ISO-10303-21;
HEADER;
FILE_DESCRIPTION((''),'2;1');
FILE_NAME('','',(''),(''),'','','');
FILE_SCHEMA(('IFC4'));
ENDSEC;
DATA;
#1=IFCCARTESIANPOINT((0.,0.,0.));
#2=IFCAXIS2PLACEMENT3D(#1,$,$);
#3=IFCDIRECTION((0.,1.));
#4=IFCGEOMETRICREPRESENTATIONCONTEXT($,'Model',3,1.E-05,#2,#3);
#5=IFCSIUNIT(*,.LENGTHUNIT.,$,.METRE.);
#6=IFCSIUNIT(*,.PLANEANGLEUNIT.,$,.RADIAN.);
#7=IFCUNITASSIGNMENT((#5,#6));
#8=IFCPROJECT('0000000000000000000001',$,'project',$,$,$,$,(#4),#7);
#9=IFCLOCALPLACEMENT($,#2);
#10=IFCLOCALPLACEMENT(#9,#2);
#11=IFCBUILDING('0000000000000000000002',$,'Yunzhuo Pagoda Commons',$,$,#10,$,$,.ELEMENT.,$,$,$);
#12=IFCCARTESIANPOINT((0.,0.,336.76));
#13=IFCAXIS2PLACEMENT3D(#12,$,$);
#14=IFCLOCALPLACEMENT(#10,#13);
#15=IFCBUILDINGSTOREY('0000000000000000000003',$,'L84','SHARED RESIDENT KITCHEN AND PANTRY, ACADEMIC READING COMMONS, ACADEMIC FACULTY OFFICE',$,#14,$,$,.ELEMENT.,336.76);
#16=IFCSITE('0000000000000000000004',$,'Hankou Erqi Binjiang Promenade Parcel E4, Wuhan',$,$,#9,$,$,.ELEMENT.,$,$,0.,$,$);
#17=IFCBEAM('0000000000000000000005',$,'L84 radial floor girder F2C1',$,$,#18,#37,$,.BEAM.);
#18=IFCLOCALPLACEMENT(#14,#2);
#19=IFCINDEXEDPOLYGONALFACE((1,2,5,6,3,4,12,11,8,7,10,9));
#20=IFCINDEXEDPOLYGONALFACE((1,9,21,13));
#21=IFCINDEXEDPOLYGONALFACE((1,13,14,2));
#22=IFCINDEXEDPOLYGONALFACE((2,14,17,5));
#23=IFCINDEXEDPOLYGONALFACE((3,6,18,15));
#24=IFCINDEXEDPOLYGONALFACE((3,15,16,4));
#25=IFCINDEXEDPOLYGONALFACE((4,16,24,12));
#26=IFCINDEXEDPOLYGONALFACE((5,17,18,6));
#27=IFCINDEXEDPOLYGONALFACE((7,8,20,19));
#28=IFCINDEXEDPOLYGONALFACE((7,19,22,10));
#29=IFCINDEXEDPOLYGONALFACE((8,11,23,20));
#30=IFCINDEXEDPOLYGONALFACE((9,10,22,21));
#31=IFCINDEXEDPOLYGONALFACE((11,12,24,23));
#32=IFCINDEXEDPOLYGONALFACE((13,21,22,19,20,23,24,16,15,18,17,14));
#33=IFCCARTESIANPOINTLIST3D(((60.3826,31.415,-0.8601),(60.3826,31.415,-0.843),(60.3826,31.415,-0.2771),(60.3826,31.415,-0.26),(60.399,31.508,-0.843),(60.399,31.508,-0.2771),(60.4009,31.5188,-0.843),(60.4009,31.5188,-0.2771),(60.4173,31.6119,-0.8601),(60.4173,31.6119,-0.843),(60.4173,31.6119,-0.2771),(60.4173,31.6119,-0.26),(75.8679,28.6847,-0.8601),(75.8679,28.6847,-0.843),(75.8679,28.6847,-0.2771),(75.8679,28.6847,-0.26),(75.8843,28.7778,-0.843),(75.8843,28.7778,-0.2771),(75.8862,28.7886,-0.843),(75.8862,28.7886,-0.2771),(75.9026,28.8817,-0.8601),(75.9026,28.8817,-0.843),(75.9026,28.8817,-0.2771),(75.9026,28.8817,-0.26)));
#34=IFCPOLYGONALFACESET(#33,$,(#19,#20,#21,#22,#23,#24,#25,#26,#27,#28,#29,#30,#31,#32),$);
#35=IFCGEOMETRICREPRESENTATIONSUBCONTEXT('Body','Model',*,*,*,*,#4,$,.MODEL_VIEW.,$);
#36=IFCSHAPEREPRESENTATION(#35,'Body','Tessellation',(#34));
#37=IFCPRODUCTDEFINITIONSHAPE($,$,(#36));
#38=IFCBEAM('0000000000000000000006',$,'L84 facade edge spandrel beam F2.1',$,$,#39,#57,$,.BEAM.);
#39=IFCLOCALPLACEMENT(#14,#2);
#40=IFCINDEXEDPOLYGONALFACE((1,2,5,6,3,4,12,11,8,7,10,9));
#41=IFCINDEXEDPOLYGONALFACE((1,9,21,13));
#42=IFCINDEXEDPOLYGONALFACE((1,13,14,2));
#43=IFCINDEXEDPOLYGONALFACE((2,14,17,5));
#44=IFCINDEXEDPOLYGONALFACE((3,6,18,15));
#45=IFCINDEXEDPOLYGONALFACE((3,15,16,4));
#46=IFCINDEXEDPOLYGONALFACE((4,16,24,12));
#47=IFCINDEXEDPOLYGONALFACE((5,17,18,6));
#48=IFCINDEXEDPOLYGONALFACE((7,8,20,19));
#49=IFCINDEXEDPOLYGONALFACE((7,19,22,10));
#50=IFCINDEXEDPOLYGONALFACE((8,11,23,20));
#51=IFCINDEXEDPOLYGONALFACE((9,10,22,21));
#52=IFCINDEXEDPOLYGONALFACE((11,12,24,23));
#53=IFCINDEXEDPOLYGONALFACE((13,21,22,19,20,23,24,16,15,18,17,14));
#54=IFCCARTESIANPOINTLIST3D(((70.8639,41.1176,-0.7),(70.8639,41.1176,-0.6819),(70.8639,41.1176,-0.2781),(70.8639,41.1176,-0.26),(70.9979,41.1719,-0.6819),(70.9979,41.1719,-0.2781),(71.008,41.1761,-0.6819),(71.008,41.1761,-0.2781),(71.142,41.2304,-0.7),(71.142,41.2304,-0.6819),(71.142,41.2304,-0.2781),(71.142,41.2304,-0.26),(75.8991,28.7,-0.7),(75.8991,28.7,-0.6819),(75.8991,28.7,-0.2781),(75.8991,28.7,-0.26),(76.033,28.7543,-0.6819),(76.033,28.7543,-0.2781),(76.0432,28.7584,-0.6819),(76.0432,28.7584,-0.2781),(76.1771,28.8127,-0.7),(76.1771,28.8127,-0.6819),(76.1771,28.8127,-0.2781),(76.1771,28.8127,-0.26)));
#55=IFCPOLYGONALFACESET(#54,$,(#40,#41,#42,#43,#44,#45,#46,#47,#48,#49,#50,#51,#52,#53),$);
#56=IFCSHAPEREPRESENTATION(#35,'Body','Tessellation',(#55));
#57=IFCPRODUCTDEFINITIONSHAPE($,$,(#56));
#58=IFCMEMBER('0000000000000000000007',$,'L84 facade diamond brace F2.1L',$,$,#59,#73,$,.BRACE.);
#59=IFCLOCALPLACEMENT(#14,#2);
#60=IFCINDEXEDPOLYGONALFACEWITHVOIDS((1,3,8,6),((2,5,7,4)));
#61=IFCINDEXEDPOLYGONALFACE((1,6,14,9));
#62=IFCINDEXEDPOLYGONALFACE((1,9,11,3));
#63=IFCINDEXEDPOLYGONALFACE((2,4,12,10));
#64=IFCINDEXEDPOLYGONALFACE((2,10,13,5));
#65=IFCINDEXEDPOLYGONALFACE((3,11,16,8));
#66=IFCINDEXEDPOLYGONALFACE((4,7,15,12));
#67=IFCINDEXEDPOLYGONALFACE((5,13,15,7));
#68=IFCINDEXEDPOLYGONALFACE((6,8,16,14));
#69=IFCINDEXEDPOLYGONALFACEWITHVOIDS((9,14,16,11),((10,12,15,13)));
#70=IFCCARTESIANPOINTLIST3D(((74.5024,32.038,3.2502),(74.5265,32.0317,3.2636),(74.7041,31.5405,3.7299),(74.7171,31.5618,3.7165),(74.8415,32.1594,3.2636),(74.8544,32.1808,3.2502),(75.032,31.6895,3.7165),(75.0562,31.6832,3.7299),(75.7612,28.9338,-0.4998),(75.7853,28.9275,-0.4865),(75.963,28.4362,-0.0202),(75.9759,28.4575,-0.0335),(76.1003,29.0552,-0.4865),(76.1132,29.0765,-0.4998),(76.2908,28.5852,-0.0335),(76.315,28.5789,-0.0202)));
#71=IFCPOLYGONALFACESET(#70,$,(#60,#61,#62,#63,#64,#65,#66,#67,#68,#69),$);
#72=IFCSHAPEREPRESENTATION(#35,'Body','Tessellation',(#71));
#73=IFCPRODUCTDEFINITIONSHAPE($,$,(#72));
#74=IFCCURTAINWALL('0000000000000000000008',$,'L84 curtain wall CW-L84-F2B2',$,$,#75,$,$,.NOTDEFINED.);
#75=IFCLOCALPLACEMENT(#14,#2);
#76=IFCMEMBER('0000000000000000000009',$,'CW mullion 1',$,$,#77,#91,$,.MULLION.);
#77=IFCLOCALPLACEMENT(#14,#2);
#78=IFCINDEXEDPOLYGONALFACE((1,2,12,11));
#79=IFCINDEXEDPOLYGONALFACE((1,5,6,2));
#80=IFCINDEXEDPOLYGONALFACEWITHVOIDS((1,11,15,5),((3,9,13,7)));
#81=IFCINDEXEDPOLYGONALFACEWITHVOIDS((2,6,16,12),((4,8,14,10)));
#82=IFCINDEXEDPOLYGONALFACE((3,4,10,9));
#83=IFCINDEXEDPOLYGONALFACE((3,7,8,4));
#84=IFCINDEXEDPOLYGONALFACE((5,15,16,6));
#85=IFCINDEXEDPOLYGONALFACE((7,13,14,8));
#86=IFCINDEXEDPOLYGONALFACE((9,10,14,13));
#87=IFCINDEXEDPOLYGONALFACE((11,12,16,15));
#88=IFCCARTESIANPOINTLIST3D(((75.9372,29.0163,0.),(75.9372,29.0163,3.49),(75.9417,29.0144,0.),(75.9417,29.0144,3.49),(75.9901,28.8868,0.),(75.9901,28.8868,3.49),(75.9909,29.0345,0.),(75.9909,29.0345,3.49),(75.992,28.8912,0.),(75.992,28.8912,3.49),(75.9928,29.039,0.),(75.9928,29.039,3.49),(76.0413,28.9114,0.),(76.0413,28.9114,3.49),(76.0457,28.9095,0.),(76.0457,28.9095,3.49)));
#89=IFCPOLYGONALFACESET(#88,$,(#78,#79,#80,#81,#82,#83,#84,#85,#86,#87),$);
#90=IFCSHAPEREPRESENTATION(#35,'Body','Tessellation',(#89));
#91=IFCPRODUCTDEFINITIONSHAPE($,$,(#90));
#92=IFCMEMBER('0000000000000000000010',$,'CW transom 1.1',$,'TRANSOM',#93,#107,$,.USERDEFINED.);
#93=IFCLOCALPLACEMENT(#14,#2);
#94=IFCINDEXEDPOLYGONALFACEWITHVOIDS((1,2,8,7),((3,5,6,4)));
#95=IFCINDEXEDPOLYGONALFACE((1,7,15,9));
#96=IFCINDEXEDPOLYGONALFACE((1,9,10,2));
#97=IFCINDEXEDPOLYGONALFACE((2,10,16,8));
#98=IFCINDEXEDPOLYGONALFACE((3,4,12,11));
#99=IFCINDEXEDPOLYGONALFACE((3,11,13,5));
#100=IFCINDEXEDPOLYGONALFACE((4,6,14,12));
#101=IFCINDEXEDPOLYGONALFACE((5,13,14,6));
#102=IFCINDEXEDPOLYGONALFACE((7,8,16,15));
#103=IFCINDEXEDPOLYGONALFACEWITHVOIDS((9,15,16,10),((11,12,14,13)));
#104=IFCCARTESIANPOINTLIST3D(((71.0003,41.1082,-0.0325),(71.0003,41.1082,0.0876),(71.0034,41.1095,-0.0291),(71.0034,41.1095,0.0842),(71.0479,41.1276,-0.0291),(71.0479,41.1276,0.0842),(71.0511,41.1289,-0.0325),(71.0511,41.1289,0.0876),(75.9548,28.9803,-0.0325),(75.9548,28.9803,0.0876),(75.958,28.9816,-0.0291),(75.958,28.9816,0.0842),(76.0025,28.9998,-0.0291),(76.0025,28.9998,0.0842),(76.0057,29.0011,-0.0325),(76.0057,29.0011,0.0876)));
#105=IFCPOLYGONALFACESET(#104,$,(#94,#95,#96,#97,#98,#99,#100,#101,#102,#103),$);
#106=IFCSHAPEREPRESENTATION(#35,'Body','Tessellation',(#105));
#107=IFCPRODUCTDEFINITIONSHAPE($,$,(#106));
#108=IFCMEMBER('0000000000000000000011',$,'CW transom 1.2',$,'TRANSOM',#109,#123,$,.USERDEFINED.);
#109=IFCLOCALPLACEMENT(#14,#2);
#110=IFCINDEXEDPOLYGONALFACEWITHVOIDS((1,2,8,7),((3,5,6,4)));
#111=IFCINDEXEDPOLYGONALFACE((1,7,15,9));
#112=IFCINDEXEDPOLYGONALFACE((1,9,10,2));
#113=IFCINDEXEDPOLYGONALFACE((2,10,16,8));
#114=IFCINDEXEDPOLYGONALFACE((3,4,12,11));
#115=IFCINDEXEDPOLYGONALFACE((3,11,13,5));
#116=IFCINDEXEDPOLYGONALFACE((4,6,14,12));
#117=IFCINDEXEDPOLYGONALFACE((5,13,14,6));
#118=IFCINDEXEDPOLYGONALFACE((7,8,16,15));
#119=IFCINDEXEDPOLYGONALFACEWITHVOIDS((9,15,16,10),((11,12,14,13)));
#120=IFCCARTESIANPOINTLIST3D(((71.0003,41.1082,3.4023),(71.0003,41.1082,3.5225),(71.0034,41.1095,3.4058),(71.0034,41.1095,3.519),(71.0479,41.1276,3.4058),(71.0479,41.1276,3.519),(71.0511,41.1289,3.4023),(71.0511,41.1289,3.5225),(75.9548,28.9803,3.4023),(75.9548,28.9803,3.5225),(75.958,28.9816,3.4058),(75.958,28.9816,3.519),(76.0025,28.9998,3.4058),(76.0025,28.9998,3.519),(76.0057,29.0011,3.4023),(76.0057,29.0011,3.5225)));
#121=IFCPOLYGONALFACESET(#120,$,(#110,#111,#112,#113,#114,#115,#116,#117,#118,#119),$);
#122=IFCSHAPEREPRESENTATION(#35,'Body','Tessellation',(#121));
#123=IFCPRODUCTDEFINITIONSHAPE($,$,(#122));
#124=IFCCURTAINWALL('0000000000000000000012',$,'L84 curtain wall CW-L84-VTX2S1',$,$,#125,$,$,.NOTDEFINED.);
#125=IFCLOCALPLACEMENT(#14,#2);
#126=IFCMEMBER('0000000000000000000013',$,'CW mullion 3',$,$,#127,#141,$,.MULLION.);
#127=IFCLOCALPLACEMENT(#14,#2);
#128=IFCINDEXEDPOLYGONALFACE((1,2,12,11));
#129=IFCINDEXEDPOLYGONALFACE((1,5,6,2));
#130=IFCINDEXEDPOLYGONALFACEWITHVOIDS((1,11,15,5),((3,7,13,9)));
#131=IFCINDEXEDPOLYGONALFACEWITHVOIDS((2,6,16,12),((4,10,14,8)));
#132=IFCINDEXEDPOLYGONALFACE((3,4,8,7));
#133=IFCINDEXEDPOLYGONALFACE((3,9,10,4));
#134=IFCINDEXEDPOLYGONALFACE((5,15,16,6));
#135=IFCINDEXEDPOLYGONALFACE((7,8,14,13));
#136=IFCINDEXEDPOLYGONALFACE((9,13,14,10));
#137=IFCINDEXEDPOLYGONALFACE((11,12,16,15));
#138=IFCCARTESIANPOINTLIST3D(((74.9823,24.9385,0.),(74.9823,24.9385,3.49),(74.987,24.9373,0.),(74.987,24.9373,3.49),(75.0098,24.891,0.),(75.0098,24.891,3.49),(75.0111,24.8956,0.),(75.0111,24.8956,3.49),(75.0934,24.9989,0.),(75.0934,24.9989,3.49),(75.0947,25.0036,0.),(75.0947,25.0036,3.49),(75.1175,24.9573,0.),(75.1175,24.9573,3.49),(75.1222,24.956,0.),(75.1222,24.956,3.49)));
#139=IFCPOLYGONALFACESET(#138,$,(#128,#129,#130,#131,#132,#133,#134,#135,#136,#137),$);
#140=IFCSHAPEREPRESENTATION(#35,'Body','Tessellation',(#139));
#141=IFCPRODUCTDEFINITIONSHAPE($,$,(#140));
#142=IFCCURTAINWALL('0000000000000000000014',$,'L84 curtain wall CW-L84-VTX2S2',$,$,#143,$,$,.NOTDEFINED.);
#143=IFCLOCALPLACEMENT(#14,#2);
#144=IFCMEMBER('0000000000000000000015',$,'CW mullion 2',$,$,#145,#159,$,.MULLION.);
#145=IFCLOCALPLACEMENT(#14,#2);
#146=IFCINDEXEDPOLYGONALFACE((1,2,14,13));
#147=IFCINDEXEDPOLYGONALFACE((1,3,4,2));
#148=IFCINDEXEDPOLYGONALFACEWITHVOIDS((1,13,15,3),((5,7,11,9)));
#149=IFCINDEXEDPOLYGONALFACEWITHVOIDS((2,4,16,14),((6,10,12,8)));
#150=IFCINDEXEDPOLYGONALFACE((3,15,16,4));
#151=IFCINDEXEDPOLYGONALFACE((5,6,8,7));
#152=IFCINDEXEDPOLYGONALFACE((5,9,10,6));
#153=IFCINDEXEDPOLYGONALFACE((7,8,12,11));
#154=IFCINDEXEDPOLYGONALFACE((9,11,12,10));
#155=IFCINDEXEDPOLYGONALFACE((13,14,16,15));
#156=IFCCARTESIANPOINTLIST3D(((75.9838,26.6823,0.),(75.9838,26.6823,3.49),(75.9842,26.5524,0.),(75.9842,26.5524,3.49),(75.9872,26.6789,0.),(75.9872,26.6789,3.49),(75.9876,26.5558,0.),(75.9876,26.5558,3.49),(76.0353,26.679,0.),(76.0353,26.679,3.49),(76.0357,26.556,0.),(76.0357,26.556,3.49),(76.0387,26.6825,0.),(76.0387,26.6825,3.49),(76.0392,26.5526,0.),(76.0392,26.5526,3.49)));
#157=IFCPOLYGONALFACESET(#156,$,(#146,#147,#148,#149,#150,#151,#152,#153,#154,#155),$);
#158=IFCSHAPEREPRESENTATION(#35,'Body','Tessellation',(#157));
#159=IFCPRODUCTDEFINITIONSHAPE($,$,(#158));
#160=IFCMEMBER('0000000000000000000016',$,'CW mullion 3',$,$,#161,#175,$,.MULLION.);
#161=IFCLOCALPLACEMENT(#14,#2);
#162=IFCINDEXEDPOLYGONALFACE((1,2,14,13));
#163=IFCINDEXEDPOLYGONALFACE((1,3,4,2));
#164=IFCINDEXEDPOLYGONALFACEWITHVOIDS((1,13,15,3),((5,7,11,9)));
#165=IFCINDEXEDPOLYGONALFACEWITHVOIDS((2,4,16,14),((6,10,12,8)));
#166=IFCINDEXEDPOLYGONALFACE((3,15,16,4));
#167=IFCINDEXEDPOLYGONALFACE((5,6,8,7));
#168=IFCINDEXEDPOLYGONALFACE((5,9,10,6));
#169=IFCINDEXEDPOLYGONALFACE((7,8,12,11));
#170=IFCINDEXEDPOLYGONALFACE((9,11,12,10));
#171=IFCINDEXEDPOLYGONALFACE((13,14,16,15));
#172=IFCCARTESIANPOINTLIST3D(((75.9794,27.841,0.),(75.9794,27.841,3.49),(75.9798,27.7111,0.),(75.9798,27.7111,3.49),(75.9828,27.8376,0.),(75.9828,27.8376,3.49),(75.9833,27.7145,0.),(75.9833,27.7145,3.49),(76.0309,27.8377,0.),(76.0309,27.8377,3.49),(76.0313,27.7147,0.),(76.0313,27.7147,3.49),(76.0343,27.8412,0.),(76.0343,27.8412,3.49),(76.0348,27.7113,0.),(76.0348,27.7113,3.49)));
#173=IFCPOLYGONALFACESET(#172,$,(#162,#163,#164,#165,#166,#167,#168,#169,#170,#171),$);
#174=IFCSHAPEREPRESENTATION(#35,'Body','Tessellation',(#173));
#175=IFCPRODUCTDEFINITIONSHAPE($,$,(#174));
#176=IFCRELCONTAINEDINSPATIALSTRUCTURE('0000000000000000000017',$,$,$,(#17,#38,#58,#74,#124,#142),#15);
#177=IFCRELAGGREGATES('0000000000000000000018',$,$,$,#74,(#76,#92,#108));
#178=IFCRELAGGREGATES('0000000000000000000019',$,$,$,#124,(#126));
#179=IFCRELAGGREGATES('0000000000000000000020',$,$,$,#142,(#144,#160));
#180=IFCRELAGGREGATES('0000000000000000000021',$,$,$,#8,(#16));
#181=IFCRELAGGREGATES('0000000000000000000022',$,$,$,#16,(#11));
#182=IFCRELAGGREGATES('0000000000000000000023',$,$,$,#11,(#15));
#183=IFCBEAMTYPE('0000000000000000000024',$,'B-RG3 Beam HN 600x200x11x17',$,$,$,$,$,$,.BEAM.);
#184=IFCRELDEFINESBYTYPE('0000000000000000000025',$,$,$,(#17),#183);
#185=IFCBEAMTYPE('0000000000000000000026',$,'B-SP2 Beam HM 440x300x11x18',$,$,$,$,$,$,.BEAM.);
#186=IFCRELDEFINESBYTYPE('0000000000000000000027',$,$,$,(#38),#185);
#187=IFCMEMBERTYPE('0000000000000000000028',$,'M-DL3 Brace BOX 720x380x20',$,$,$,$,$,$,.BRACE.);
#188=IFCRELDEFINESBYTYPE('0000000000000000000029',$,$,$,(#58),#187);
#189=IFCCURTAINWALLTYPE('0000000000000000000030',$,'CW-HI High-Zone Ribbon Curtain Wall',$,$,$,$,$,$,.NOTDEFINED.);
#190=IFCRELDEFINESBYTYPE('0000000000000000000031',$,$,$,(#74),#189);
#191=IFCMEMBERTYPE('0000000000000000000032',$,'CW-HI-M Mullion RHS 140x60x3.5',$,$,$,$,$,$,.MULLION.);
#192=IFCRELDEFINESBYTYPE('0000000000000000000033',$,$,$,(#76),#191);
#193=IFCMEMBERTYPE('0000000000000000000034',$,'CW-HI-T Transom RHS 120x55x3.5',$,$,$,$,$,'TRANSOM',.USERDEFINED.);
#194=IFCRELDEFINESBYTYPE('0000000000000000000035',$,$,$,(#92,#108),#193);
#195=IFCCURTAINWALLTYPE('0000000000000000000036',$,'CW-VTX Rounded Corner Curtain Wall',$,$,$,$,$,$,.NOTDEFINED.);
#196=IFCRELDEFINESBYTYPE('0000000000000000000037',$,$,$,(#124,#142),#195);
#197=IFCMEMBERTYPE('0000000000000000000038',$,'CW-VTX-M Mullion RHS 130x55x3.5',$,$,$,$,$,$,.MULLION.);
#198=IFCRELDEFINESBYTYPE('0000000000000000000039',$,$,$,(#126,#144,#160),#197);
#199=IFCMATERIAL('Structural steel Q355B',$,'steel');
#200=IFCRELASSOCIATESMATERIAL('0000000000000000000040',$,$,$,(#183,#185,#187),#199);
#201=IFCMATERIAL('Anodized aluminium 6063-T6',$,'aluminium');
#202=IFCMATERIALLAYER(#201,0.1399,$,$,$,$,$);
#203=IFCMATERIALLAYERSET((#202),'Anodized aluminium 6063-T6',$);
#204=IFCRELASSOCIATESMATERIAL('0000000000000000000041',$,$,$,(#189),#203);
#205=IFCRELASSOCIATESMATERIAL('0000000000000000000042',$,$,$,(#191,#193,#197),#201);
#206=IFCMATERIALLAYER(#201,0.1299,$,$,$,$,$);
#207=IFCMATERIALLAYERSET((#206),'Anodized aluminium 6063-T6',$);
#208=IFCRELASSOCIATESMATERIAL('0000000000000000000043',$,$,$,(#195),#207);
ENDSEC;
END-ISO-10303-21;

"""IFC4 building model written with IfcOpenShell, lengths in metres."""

from ifc_helpers import new_model, si_unit, direction, frame, origin, origin_2d, place, context, subcontext, project, spatial, hollow_rectangle, i_section, extrude, source, transform, mapped, material, layer, layer_set, material_profile, profile_set, type_object, element, aggregate, save


model = new_model("IFC4")

# Units and contexts
model_context = context("Model", 3, precision=1e-05, world=origin(), true_north=direction((0.0, 1.0)))
body_context = subcontext(model_context, "Body", "Model", "MODEL_VIEW")
ifc_project = project(units=[si_unit("LENGTHUNIT", "METRE"), si_unit("PLANEANGLEUNIT", "RADIAN")], contexts=[model_context])

# Site, building, storey
site_placement = place(None, origin())
site = spatial("IfcSite", under=ifc_project, at=site_placement, Name="Hankou Erqi Binjiang Promenade Parcel E4, Wuhan", CompositionType="ELEMENT", RefElevation=0.0)
building_placement = place(site_placement, origin())
building = spatial("IfcBuilding", under=site, at=building_placement, Name="Yunzhuo Pagoda Commons", CompositionType="ELEMENT")
storey_placement = place(building_placement, frame((0.0, 0.0, 336.76)))
storey = spatial("IfcBuildingStorey", under=building, at=storey_placement, Name="L84", Description="SHARED RESIDENT KITCHEN AND PANTRY, ACADEMIC READING COMMONS, ACADEMIC FACULTY OFFICE", CompositionType="ELEMENT", Elevation=336.76)

# Beams
ifc_material_1 = material(Name="Structural steel Q355B", Category="steel")
ifc_material_profile_1 = material_profile(ifc_material_1, i_section(OverallWidth=0.2, OverallDepth=0.6001, WebThickness=0.011, FlangeThickness=0.0171, at=origin_2d()), Name="Structural steel Q355B")
ifc_profile_set_1 = profile_set([ifc_material_profile_1], Name="Structural steel Q355B")
beam_type_1 = type_object("IfcBeamType", Name="B-RG3 Beam HN 600x200x11x17", PredefinedType="BEAM", material=ifc_profile_set_1)
shared_shape_1 = source(origin(), body_context, "Body", "SweptSolid", [
    extrude(i_section(OverallWidth=0.2, OverallDepth=0.6001, WebThickness=0.011, FlangeThickness=0.0171, at=origin_2d()), origin(), (0.0, 0.0, 1.0), 15.7241),
])
beam_1_placement = place(storey_placement, frame((75.8853, 28.7832, -0.5601), z_axis=(-0.984811, 0.173632, 0.0), x_axis=(-0.173632, -0.984811, 0.0)))
element("IfcBeam", 1, at=beam_1_placement, inside=storey, type_object=beam_type_1, Name="L84 radial floor girder F2C1", PredefinedType="BEAM", context=body_context, shape_type="MappedRepresentation", body=[
    mapped(shared_shape_1, transform((0.0, 0.0, 0.0), scale=1.0)),
])
ifc_material_profile_2 = material_profile(ifc_material_1, i_section(OverallWidth=0.3, OverallDepth=0.4399, WebThickness=0.011, FlangeThickness=0.0181, at=origin_2d()), Name="Structural steel Q355B")
ifc_profile_set_2 = profile_set([ifc_material_profile_2], Name="Structural steel Q355B")
beam_type_2 = type_object("IfcBeamType", Name="B-SP2 Beam HM 440x300x11x18", PredefinedType="BEAM", material=ifc_profile_set_2)
shared_shape_2 = source(origin(), body_context, "Body", "SweptSolid", [
    extrude(i_section(OverallWidth=0.3, OverallDepth=0.4399, WebThickness=0.011, FlangeThickness=0.0181, at=origin_2d()), origin(), (0.0, 0.0, 1.0), 13.3997),
])
beam_2_placement = place(storey_placement, frame((76.0381, 28.7563, -0.48), z_axis=(-0.375766, 0.926715, 0.0), x_axis=(-0.926715, -0.375766, 0.0)))
element("IfcBeam", 2, at=beam_2_placement, inside=storey, type_object=beam_type_2, Name="L84 facade edge spandrel beam F2.1", PredefinedType="BEAM", context=body_context, shape_type="MappedRepresentation", body=[
    mapped(shared_shape_2, transform((0.0, 0.0, 0.0), scale=1.0)),
])

# Member
ifc_material_profile_3 = material_profile(ifc_material_1, hollow_rectangle(XDim=0.3799, YDim=0.72, WallThickness=0.02, at=origin_2d()), Name="Structural steel Q355B")
ifc_profile_set_3 = profile_set([ifc_material_profile_3], Name="Structural steel Q355B")
member_type_1 = type_object("IfcMemberType", Name="M-DL3 Brace BOX 720x380x20", PredefinedType="BRACE", material=ifc_profile_set_3)
shared_shape_3 = source(origin(), body_context, "Body", "SweptSolid", [
    extrude(hollow_rectangle(XDim=0.3799, YDim=0.72, WallThickness=0.02, at=origin_2d()), origin(), (0.0, 0.0, 1.0), 5.0283),
])
member_1_placement = place(storey_placement, frame((76.0381, 28.7563, -0.26), z_axis=(-0.250343, 0.61736, 0.745785), x_axis=(-0.926707, -0.375785, 0.0)))
element("IfcMember", 3, at=member_1_placement, inside=storey, type_object=member_type_1, Name="L84 facade diamond brace F2.1L", PredefinedType="BRACE", context=body_context, shape_type="MappedRepresentation", body=[
    mapped(shared_shape_3, transform((0.0, 0.0, 0.0), scale=1.0)),
])

# Curtain wall, members
ifc_material_2 = material(Name="Anodized aluminium 6063-T6", Category="aluminium")
ifc_layer_1 = layer(ifc_material_2, 0.1399)
ifc_layer_set_1 = layer_set([ifc_layer_1], Name="Anodized aluminium 6063-T6")
curtain_wall_type_1 = type_object("IfcCurtainWallType", Name="CW-HI High-Zone Ribbon Curtain Wall", PredefinedType="NOTDEFINED", material=ifc_layer_set_1)
curtain_wall_1_placement = place(storey_placement, origin())
curtain_wall_1 = element("IfcCurtainWall", 4, at=curtain_wall_1_placement, inside=storey, type_object=curtain_wall_type_1, Name="L84 curtain wall CW-L84-F2B2", PredefinedType="NOTDEFINED")
ifc_material_profile_4 = material_profile(ifc_material_2, hollow_rectangle(XDim=0.0601, YDim=0.1399, WallThickness=0.0034, at=origin_2d()), Name="Anodized aluminium 6063-T6")
ifc_profile_set_4 = profile_set([ifc_material_profile_4], Name="Anodized aluminium 6063-T6")
member_type_2 = type_object("IfcMemberType", Name="CW-HI-M Mullion RHS 140x60x3.5", PredefinedType="MULLION", material=ifc_profile_set_4)
shared_shape_4 = source(origin(), body_context, "Body", "SweptSolid", [
    extrude(hollow_rectangle(XDim=0.0601, YDim=0.1399, WallThickness=0.0034, at=origin_2d()), origin(), (0.0, 0.0, 1.0), 3.49),
])
member_2_placement = place(storey_placement, frame((75.9915, 28.9629, 0.0), z_axis=(0.0, 0.0, 1.0), x_axis=(-0.92573, -0.378185, 0.0)))
member_2 = element("IfcMember", 5, at=member_2_placement, type_object=member_type_2, Name="CW mullion 1", PredefinedType="MULLION", context=body_context, shape_type="MappedRepresentation", body=[
    mapped(shared_shape_4, transform((0.0, 0.0, 0.0), scale=1.0)),
])
ifc_material_profile_5 = material_profile(ifc_material_2, hollow_rectangle(XDim=0.0549, YDim=0.1201, WallThickness=0.0034, at=origin_2d()), Name="Anodized aluminium 6063-T6")
ifc_profile_set_5 = profile_set([ifc_material_profile_5], Name="Anodized aluminium 6063-T6")
member_type_3 = type_object("IfcMemberType", Name="CW-HI-T Transom RHS 120x55x3.5", ElementType="TRANSOM", PredefinedType="USERDEFINED", material=ifc_profile_set_5)
shared_shape_5 = source(origin(), body_context, "Body", "SweptSolid", [
    extrude(hollow_rectangle(XDim=0.0549, YDim=0.1201, WallThickness=0.0034, at=origin_2d()), origin(), (0.0, 0.0, 1.0), 13.1008),
])
member_3_placement = place(storey_placement, frame((75.9802, 28.9907, 0.0276), z_axis=(-0.378186, 0.92573, 0.0), x_axis=(-0.92573, -0.378186, 0.0)))
member_3 = element("IfcMember", 6, at=member_3_placement, type_object=member_type_3, Name="CW transom 1.1", ObjectType="TRANSOM", PredefinedType="USERDEFINED", context=body_context, shape_type="MappedRepresentation", body=[
    mapped(shared_shape_5, transform((0.0, 0.0, 0.0), scale=1.0)),
])
member_4_placement = place(storey_placement, frame((75.9802, 28.9907, 3.4624), z_axis=(-0.378186, 0.92573, 0.0), x_axis=(-0.92573, -0.378186, 0.0)))
member_4 = element("IfcMember", 7, at=member_4_placement, type_object=member_type_3, Name="CW transom 1.2", ObjectType="TRANSOM", PredefinedType="USERDEFINED", context=body_context, shape_type="MappedRepresentation", body=[
    mapped(shared_shape_5, transform((0.0, 0.0, 0.0), scale=1.0)),
])

# Curtain wall, member
ifc_layer_2 = layer(ifc_material_2, 0.1299)
ifc_layer_set_2 = layer_set([ifc_layer_2], Name="Anodized aluminium 6063-T6")
curtain_wall_type_2 = type_object("IfcCurtainWallType", Name="CW-VTX Rounded Corner Curtain Wall", PredefinedType="NOTDEFINED", material=ifc_layer_set_2)
curtain_wall_2_placement = place(storey_placement, origin())
curtain_wall_2 = element("IfcCurtainWall", 8, at=curtain_wall_2_placement, inside=storey, type_object=curtain_wall_type_2, Name="L84 curtain wall CW-L84-VTX2S1", PredefinedType="NOTDEFINED")
ifc_material_profile_6 = material_profile(ifc_material_2, hollow_rectangle(XDim=0.0549, YDim=0.1299, WallThickness=0.0034, at=origin_2d()), Name="Anodized aluminium 6063-T6")
ifc_profile_set_6 = profile_set([ifc_material_profile_6], Name="Anodized aluminium 6063-T6")
member_type_4 = type_object("IfcMemberType", Name="CW-VTX-M Mullion RHS 130x55x3.5", PredefinedType="MULLION", material=ifc_profile_set_6)
shared_shape_6 = source(origin(), body_context, "Body", "SweptSolid", [
    extrude(hollow_rectangle(XDim=0.0549, YDim=0.1299, WallThickness=0.0034, at=origin_2d()), origin(), (0.0, 0.0, 1.0), 3.49),
])
member_5_placement = place(storey_placement, frame((75.0522, 24.9473, 0.0), z_axis=(0.0, 0.0, 1.0), x_axis=(-0.501028, 0.865431, 0.0)))
member_5 = element("IfcMember", 9, at=member_5_placement, type_object=member_type_4, Name="CW mullion 3", PredefinedType="MULLION", context=body_context, shape_type="MappedRepresentation", body=[
    mapped(shared_shape_6, transform((0.0, 0.0, 0.0), scale=1.0)),
])

# Curtain wall, members
curtain_wall_3_placement = place(storey_placement, origin())
curtain_wall_3 = element("IfcCurtainWall", 10, at=curtain_wall_3_placement, inside=storey, type_object=curtain_wall_type_2, Name="L84 curtain wall CW-L84-VTX2S2", PredefinedType="NOTDEFINED")
member_6_placement = place(storey_placement, frame((76.0115, 26.6174, 0.0), z_axis=(0.0, 0.0, 1.0), x_axis=(-0.999994, -0.003567, 0.0)))
member_6 = element("IfcMember", 11, at=member_6_placement, type_object=member_type_4, Name="CW mullion 2", PredefinedType="MULLION", context=body_context, shape_type="MappedRepresentation", body=[
    mapped(shared_shape_6, transform((0.0, 0.0, 0.0), scale=1.0)),
])
member_7_placement = place(storey_placement, frame((76.0071, 27.7761, 0.0), z_axis=(0.0, 0.0, 1.0), x_axis=(-0.999994, -0.003567, 0.0)))
member_7 = element("IfcMember", 12, at=member_7_placement, type_object=member_type_4, Name="CW mullion 3", PredefinedType="MULLION", context=body_context, shape_type="MappedRepresentation", body=[
    mapped(shared_shape_6, transform((0.0, 0.0, 0.0), scale=1.0)),
])

aggregate(curtain_wall_1, [member_2, member_3, member_4])
aggregate(curtain_wall_2, [member_5])
aggregate(curtain_wall_3, [member_6, member_7])

save(model, "model.ifc")
